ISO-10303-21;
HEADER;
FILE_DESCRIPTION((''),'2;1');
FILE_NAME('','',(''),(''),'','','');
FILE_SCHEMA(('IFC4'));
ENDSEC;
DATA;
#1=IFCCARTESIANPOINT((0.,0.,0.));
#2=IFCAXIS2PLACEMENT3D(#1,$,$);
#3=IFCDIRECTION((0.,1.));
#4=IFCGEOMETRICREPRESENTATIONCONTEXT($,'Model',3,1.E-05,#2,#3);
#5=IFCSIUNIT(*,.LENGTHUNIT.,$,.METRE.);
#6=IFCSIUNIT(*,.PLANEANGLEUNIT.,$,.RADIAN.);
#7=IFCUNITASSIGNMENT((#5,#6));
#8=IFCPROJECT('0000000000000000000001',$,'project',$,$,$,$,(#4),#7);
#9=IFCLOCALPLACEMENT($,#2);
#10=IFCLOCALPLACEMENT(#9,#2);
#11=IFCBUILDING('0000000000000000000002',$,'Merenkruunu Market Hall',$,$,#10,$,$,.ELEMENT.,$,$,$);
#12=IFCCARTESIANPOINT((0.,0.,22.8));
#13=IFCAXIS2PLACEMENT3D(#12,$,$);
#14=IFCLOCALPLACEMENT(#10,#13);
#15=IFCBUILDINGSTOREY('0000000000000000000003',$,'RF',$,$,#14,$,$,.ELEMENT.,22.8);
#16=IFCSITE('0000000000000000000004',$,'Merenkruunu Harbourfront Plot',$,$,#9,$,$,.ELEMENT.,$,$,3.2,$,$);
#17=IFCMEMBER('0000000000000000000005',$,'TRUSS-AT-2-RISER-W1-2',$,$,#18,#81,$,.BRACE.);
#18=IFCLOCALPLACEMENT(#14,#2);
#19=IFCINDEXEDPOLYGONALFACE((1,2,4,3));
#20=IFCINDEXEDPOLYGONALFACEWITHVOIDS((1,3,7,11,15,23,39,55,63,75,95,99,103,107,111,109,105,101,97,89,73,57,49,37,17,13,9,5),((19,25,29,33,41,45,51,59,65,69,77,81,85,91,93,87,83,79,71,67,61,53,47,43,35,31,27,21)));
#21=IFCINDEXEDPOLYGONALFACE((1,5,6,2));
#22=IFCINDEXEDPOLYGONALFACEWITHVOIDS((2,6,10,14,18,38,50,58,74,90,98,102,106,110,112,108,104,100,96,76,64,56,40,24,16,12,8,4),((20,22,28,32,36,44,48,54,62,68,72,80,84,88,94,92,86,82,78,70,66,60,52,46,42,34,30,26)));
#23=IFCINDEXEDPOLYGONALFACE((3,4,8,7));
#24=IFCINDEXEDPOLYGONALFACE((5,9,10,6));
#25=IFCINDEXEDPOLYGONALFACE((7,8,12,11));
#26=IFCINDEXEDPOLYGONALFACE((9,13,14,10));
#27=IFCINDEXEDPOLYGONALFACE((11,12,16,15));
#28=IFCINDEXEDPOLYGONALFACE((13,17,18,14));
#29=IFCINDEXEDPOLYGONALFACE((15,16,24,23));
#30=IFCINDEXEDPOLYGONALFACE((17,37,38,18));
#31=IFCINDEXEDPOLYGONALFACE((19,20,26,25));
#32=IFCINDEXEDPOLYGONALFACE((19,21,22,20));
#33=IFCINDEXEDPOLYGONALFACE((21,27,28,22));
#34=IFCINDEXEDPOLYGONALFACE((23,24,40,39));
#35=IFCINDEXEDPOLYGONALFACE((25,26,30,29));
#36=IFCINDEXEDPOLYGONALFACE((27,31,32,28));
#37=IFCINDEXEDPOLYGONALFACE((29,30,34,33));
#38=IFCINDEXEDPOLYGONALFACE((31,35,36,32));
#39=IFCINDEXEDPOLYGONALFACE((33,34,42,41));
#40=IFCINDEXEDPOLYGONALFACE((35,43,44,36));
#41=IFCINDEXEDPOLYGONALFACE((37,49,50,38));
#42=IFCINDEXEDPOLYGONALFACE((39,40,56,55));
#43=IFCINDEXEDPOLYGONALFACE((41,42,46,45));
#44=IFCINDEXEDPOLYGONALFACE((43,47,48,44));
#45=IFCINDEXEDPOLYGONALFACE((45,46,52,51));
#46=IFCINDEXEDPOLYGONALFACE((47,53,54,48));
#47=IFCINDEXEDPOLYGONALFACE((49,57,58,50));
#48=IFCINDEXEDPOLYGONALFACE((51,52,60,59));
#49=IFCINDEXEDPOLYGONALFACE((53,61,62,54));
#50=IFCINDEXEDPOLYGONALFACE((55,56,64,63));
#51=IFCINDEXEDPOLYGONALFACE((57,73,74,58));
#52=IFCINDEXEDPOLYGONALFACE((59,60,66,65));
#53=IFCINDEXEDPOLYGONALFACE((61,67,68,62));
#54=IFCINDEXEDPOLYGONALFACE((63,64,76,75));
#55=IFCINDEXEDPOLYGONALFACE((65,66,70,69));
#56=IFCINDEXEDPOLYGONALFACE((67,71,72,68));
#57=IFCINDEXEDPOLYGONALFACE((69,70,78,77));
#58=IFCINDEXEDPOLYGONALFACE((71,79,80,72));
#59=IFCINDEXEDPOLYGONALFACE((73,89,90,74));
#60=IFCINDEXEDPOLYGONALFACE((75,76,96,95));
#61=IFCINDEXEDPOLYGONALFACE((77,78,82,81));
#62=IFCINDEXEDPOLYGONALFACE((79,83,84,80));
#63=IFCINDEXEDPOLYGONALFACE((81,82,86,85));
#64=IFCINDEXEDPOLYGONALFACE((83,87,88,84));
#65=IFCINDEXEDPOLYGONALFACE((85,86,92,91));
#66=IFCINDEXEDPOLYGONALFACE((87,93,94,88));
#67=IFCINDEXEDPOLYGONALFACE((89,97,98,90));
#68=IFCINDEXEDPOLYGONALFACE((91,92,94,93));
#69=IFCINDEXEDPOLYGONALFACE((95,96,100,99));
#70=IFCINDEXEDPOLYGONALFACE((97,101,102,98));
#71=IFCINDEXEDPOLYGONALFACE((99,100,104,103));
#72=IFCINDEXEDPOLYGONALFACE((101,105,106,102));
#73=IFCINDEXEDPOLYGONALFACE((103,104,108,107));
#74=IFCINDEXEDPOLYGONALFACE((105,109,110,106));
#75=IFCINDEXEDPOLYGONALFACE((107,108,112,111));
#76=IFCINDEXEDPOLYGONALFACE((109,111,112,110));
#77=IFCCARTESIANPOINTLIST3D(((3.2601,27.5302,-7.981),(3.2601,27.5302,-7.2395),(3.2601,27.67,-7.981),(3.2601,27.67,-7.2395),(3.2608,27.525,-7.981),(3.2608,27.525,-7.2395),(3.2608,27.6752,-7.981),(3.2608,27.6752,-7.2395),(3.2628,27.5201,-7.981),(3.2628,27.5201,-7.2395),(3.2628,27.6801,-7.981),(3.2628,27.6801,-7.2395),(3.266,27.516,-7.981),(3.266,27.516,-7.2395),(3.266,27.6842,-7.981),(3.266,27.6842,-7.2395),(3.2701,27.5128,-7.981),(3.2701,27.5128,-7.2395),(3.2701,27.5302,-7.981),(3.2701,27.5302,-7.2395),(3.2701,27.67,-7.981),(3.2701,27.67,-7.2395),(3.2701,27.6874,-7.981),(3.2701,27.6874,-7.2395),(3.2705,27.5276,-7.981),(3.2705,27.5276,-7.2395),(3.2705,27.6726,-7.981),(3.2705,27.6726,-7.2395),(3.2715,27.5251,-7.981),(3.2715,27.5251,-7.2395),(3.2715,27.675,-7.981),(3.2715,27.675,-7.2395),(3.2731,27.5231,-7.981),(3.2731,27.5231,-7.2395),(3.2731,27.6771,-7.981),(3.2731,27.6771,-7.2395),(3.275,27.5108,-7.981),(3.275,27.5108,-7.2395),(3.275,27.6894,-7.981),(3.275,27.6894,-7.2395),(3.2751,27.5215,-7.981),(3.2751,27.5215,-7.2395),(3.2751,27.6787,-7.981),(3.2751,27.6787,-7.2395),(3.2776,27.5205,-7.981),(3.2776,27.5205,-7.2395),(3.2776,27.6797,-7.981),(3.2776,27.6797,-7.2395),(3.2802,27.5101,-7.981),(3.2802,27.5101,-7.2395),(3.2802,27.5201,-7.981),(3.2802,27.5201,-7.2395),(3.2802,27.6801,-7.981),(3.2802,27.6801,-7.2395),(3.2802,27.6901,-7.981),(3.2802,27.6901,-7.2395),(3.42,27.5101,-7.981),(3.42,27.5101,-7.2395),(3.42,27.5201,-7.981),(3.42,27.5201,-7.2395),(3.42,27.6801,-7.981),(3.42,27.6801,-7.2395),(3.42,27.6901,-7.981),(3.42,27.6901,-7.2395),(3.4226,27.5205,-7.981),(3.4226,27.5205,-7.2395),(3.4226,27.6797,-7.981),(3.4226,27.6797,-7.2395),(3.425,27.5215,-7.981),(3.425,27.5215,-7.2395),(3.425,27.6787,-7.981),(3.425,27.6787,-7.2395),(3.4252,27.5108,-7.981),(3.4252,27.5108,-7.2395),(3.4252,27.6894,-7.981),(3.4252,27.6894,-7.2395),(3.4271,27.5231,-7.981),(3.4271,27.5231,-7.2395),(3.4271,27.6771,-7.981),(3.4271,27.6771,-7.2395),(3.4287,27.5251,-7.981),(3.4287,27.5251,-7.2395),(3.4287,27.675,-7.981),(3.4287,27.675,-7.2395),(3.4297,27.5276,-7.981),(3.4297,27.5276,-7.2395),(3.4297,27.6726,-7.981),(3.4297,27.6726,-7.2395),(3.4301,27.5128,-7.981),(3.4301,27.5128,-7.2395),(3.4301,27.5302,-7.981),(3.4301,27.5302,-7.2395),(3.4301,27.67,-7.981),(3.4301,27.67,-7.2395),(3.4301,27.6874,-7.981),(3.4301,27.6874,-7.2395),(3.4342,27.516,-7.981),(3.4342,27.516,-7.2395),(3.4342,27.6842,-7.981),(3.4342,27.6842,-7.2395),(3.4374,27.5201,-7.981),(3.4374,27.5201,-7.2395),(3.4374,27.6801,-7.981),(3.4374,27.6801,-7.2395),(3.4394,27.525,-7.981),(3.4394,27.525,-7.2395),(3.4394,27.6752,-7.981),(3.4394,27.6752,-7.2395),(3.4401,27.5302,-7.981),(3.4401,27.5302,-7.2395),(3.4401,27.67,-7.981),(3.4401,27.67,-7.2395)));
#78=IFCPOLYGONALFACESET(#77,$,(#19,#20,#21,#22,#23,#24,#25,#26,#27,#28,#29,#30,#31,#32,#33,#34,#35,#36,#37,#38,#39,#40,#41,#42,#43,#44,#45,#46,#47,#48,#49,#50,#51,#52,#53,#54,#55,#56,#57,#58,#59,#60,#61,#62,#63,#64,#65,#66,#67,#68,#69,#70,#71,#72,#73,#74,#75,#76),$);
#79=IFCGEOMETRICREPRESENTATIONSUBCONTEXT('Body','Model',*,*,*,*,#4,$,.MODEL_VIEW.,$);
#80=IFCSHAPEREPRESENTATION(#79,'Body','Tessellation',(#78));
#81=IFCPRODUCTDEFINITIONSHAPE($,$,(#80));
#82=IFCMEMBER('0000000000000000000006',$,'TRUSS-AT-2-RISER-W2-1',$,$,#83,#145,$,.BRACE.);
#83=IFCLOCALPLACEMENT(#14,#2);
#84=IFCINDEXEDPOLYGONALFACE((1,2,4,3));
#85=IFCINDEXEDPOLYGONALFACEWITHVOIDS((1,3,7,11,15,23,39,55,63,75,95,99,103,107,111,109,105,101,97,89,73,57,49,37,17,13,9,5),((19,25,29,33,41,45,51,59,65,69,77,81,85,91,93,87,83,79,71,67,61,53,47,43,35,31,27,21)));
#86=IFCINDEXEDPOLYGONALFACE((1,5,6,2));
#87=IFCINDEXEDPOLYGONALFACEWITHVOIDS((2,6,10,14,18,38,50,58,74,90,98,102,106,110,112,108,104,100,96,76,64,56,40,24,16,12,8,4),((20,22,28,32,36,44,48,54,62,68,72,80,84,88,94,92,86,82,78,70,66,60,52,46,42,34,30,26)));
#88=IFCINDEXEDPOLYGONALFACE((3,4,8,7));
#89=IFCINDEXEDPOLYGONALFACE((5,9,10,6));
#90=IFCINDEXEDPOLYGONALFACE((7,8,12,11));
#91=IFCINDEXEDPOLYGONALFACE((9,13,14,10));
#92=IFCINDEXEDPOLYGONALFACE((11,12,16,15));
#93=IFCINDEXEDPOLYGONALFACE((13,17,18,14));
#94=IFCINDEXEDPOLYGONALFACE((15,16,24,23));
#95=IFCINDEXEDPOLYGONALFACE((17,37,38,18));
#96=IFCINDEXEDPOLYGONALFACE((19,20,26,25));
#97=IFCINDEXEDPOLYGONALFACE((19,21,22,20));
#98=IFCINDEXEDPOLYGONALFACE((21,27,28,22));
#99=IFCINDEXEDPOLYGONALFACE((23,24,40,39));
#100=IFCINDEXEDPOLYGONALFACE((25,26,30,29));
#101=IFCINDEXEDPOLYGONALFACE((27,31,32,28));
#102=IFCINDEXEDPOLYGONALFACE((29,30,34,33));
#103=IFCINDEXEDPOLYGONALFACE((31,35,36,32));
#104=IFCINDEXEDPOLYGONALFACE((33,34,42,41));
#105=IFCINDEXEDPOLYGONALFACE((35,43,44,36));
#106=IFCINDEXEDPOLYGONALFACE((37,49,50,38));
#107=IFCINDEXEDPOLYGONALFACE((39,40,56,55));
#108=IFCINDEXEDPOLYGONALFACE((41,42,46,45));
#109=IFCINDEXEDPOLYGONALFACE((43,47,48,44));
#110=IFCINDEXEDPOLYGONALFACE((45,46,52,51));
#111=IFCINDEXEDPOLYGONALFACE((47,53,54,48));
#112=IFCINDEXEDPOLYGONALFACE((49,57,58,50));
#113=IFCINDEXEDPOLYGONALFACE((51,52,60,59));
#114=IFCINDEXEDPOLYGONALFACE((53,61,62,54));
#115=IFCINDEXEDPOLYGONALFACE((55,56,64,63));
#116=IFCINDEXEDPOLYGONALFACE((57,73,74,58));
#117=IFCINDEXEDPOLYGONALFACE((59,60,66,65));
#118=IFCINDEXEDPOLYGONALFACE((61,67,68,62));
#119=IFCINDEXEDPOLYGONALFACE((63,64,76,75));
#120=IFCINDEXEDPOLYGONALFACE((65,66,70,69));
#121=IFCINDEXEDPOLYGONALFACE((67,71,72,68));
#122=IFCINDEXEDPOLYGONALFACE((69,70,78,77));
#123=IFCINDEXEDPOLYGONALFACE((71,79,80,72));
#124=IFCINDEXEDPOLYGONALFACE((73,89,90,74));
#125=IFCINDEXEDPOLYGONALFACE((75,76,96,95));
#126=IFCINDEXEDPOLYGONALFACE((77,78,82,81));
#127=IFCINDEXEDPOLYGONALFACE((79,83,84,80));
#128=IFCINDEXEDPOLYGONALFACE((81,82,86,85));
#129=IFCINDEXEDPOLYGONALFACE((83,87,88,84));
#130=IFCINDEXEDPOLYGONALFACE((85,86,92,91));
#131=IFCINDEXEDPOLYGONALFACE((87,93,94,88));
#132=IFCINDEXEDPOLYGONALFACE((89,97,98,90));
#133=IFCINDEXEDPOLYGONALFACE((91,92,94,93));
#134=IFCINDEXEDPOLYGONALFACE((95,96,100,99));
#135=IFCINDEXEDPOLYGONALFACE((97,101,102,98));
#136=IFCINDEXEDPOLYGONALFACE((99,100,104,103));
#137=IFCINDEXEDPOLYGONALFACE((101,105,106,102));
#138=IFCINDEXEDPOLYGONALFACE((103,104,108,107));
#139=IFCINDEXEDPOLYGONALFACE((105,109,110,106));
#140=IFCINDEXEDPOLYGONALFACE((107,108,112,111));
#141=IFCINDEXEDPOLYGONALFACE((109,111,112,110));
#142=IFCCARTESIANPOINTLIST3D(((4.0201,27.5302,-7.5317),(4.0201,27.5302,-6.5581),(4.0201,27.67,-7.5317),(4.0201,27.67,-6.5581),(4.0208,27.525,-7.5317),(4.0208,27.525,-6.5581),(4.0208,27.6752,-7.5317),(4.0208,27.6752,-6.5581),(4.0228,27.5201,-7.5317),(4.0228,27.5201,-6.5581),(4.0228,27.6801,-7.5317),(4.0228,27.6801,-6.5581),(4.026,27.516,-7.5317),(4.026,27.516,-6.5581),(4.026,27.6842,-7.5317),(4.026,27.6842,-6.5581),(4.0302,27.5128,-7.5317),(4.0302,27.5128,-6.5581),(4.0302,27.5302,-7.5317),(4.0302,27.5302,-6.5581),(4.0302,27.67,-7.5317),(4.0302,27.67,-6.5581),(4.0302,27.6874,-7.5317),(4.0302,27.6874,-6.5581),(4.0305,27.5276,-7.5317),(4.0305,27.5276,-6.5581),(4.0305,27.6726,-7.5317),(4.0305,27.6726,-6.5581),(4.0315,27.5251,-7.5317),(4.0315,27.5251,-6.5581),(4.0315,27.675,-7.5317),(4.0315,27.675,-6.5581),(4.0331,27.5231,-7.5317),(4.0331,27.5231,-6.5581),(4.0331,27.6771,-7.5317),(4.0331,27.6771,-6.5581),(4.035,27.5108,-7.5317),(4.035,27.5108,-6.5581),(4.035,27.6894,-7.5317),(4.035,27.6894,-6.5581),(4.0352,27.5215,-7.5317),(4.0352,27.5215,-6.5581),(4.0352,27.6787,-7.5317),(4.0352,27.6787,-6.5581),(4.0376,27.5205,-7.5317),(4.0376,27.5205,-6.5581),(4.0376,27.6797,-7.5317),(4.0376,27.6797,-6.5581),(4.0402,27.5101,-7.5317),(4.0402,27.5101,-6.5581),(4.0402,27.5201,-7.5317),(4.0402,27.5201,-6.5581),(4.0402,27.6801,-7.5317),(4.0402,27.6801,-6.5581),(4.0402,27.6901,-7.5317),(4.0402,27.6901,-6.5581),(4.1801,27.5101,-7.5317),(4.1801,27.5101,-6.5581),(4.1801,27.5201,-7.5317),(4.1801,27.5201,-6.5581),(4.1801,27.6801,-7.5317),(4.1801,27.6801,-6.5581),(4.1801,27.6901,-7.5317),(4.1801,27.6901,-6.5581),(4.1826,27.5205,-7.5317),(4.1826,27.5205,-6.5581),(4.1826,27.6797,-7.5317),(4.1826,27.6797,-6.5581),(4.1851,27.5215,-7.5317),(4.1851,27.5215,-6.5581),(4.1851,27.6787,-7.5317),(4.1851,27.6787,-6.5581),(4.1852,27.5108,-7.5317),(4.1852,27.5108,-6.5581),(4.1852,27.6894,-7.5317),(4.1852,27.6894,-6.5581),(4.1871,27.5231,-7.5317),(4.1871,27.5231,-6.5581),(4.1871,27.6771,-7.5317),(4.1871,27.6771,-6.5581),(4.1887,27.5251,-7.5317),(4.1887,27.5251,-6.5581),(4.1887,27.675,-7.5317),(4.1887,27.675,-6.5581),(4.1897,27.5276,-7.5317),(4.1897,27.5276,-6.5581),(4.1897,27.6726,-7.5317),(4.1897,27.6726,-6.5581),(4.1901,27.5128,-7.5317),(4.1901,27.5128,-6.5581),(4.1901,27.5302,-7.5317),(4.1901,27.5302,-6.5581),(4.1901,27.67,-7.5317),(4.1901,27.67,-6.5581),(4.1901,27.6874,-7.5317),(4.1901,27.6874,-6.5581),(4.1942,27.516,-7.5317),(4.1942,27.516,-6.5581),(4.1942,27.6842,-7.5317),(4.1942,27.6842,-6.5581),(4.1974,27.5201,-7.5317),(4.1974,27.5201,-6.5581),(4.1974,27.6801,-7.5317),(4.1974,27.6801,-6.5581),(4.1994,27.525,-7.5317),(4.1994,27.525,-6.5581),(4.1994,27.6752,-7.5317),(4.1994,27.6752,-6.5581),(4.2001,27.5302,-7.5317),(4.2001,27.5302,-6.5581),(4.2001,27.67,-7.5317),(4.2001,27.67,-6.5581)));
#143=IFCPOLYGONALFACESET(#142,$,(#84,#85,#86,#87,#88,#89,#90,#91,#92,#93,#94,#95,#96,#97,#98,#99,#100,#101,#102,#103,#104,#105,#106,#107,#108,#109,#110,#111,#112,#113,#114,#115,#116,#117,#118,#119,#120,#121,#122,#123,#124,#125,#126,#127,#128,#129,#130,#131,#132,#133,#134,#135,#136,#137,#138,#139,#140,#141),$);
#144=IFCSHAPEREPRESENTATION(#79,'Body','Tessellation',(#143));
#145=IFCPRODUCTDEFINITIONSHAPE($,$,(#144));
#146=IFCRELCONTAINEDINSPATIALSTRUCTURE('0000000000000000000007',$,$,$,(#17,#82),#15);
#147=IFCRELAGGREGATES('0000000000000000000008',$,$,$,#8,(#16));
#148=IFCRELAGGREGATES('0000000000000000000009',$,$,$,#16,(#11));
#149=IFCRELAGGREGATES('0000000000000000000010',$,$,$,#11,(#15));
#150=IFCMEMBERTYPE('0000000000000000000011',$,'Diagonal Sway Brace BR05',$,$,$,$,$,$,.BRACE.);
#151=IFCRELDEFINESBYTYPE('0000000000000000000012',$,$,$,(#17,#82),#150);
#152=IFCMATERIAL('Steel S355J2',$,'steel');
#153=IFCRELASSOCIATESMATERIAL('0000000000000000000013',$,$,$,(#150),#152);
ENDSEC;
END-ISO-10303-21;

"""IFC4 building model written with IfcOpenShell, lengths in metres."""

from ifc_helpers import new_model, si_unit, direction, frame, origin, origin_2d, place, context, subcontext, project, spatial, hollow_rectangle, extrude, material, material_profile, profile_set, type_object, element, save


model = new_model("IFC4")

# Units and contexts
model_context = context("Model", 3, precision=1e-05, world=origin(), true_north=direction((0.0, 1.0)))
body_context = subcontext(model_context, "Body", "Model", "MODEL_VIEW")
ifc_project = project(units=[si_unit("LENGTHUNIT", "METRE"), si_unit("PLANEANGLEUNIT", "RADIAN")], contexts=[model_context])

# Site, building, storey
site_placement = place(None, origin())
site = spatial("IfcSite", under=ifc_project, at=site_placement, Name="Merenkruunu Harbourfront Plot", CompositionType="ELEMENT", RefElevation=3.2)
building_placement = place(site_placement, origin())
building = spatial("IfcBuilding", under=site, at=building_placement, Name="Merenkruunu Market Hall", CompositionType="ELEMENT")
storey_placement = place(building_placement, frame((0.0, 0.0, 22.8)))
storey = spatial("IfcBuildingStorey", under=building, at=storey_placement, Name="RF", CompositionType="ELEMENT", Elevation=22.8)

# Members
ifc_material_1 = material(Name="Steel S355J2", Category="steel")
ifc_material_profile_1 = material_profile(ifc_material_1, hollow_rectangle(XDim=0.1799, YDim=0.1799, WallThickness=0.01, InnerFilletRadius=0.01, OuterFilletRadius=0.02, at=origin_2d()), Name="SHS 180x180x10")
ifc_profile_set_1 = profile_set([ifc_material_profile_1], Name="Steel S355J2")
member_type_1 = type_object("IfcMemberType", Name="Diagonal Sway Brace BR05", PredefinedType="BRACE", material=ifc_profile_set_1)
member_1_placement = place(storey_placement, frame((3.3501, 27.6001, -7.981), z_axis=(0.0, 0.0, 1.0), x_axis=(1.0, 0.0, 0.0)))
element("IfcMember", 1, at=member_1_placement, inside=storey, type_object=member_type_1, Name="TRUSS-AT-2-RISER-W1-2", PredefinedType="BRACE", context=body_context, shape_type="SweptSolid", body=[
    extrude(hollow_rectangle(XDim=0.1799, YDim=0.1799, WallThickness=0.01, InnerFilletRadius=0.01, OuterFilletRadius=0.02, at=origin_2d()), origin(), (0.0, 0.0, 1.0), 0.7415),
])
member_2_placement = place(storey_placement, frame((4.1101, 27.6001, -7.5317), z_axis=(0.0, 0.0, 1.0), x_axis=(1.0, 0.0, 0.0)))
element("IfcMember", 2, at=member_2_placement, inside=storey, type_object=member_type_1, Name="TRUSS-AT-2-RISER-W2-1", PredefinedType="BRACE", context=body_context, shape_type="SweptSolid", body=[
    extrude(hollow_rectangle(XDim=0.1799, YDim=0.1799, WallThickness=0.01, InnerFilletRadius=0.01, OuterFilletRadius=0.02, at=origin_2d()), origin(), (0.0, 0.0, 1.0), 0.9736),
])

save(model, "model.ifc")
